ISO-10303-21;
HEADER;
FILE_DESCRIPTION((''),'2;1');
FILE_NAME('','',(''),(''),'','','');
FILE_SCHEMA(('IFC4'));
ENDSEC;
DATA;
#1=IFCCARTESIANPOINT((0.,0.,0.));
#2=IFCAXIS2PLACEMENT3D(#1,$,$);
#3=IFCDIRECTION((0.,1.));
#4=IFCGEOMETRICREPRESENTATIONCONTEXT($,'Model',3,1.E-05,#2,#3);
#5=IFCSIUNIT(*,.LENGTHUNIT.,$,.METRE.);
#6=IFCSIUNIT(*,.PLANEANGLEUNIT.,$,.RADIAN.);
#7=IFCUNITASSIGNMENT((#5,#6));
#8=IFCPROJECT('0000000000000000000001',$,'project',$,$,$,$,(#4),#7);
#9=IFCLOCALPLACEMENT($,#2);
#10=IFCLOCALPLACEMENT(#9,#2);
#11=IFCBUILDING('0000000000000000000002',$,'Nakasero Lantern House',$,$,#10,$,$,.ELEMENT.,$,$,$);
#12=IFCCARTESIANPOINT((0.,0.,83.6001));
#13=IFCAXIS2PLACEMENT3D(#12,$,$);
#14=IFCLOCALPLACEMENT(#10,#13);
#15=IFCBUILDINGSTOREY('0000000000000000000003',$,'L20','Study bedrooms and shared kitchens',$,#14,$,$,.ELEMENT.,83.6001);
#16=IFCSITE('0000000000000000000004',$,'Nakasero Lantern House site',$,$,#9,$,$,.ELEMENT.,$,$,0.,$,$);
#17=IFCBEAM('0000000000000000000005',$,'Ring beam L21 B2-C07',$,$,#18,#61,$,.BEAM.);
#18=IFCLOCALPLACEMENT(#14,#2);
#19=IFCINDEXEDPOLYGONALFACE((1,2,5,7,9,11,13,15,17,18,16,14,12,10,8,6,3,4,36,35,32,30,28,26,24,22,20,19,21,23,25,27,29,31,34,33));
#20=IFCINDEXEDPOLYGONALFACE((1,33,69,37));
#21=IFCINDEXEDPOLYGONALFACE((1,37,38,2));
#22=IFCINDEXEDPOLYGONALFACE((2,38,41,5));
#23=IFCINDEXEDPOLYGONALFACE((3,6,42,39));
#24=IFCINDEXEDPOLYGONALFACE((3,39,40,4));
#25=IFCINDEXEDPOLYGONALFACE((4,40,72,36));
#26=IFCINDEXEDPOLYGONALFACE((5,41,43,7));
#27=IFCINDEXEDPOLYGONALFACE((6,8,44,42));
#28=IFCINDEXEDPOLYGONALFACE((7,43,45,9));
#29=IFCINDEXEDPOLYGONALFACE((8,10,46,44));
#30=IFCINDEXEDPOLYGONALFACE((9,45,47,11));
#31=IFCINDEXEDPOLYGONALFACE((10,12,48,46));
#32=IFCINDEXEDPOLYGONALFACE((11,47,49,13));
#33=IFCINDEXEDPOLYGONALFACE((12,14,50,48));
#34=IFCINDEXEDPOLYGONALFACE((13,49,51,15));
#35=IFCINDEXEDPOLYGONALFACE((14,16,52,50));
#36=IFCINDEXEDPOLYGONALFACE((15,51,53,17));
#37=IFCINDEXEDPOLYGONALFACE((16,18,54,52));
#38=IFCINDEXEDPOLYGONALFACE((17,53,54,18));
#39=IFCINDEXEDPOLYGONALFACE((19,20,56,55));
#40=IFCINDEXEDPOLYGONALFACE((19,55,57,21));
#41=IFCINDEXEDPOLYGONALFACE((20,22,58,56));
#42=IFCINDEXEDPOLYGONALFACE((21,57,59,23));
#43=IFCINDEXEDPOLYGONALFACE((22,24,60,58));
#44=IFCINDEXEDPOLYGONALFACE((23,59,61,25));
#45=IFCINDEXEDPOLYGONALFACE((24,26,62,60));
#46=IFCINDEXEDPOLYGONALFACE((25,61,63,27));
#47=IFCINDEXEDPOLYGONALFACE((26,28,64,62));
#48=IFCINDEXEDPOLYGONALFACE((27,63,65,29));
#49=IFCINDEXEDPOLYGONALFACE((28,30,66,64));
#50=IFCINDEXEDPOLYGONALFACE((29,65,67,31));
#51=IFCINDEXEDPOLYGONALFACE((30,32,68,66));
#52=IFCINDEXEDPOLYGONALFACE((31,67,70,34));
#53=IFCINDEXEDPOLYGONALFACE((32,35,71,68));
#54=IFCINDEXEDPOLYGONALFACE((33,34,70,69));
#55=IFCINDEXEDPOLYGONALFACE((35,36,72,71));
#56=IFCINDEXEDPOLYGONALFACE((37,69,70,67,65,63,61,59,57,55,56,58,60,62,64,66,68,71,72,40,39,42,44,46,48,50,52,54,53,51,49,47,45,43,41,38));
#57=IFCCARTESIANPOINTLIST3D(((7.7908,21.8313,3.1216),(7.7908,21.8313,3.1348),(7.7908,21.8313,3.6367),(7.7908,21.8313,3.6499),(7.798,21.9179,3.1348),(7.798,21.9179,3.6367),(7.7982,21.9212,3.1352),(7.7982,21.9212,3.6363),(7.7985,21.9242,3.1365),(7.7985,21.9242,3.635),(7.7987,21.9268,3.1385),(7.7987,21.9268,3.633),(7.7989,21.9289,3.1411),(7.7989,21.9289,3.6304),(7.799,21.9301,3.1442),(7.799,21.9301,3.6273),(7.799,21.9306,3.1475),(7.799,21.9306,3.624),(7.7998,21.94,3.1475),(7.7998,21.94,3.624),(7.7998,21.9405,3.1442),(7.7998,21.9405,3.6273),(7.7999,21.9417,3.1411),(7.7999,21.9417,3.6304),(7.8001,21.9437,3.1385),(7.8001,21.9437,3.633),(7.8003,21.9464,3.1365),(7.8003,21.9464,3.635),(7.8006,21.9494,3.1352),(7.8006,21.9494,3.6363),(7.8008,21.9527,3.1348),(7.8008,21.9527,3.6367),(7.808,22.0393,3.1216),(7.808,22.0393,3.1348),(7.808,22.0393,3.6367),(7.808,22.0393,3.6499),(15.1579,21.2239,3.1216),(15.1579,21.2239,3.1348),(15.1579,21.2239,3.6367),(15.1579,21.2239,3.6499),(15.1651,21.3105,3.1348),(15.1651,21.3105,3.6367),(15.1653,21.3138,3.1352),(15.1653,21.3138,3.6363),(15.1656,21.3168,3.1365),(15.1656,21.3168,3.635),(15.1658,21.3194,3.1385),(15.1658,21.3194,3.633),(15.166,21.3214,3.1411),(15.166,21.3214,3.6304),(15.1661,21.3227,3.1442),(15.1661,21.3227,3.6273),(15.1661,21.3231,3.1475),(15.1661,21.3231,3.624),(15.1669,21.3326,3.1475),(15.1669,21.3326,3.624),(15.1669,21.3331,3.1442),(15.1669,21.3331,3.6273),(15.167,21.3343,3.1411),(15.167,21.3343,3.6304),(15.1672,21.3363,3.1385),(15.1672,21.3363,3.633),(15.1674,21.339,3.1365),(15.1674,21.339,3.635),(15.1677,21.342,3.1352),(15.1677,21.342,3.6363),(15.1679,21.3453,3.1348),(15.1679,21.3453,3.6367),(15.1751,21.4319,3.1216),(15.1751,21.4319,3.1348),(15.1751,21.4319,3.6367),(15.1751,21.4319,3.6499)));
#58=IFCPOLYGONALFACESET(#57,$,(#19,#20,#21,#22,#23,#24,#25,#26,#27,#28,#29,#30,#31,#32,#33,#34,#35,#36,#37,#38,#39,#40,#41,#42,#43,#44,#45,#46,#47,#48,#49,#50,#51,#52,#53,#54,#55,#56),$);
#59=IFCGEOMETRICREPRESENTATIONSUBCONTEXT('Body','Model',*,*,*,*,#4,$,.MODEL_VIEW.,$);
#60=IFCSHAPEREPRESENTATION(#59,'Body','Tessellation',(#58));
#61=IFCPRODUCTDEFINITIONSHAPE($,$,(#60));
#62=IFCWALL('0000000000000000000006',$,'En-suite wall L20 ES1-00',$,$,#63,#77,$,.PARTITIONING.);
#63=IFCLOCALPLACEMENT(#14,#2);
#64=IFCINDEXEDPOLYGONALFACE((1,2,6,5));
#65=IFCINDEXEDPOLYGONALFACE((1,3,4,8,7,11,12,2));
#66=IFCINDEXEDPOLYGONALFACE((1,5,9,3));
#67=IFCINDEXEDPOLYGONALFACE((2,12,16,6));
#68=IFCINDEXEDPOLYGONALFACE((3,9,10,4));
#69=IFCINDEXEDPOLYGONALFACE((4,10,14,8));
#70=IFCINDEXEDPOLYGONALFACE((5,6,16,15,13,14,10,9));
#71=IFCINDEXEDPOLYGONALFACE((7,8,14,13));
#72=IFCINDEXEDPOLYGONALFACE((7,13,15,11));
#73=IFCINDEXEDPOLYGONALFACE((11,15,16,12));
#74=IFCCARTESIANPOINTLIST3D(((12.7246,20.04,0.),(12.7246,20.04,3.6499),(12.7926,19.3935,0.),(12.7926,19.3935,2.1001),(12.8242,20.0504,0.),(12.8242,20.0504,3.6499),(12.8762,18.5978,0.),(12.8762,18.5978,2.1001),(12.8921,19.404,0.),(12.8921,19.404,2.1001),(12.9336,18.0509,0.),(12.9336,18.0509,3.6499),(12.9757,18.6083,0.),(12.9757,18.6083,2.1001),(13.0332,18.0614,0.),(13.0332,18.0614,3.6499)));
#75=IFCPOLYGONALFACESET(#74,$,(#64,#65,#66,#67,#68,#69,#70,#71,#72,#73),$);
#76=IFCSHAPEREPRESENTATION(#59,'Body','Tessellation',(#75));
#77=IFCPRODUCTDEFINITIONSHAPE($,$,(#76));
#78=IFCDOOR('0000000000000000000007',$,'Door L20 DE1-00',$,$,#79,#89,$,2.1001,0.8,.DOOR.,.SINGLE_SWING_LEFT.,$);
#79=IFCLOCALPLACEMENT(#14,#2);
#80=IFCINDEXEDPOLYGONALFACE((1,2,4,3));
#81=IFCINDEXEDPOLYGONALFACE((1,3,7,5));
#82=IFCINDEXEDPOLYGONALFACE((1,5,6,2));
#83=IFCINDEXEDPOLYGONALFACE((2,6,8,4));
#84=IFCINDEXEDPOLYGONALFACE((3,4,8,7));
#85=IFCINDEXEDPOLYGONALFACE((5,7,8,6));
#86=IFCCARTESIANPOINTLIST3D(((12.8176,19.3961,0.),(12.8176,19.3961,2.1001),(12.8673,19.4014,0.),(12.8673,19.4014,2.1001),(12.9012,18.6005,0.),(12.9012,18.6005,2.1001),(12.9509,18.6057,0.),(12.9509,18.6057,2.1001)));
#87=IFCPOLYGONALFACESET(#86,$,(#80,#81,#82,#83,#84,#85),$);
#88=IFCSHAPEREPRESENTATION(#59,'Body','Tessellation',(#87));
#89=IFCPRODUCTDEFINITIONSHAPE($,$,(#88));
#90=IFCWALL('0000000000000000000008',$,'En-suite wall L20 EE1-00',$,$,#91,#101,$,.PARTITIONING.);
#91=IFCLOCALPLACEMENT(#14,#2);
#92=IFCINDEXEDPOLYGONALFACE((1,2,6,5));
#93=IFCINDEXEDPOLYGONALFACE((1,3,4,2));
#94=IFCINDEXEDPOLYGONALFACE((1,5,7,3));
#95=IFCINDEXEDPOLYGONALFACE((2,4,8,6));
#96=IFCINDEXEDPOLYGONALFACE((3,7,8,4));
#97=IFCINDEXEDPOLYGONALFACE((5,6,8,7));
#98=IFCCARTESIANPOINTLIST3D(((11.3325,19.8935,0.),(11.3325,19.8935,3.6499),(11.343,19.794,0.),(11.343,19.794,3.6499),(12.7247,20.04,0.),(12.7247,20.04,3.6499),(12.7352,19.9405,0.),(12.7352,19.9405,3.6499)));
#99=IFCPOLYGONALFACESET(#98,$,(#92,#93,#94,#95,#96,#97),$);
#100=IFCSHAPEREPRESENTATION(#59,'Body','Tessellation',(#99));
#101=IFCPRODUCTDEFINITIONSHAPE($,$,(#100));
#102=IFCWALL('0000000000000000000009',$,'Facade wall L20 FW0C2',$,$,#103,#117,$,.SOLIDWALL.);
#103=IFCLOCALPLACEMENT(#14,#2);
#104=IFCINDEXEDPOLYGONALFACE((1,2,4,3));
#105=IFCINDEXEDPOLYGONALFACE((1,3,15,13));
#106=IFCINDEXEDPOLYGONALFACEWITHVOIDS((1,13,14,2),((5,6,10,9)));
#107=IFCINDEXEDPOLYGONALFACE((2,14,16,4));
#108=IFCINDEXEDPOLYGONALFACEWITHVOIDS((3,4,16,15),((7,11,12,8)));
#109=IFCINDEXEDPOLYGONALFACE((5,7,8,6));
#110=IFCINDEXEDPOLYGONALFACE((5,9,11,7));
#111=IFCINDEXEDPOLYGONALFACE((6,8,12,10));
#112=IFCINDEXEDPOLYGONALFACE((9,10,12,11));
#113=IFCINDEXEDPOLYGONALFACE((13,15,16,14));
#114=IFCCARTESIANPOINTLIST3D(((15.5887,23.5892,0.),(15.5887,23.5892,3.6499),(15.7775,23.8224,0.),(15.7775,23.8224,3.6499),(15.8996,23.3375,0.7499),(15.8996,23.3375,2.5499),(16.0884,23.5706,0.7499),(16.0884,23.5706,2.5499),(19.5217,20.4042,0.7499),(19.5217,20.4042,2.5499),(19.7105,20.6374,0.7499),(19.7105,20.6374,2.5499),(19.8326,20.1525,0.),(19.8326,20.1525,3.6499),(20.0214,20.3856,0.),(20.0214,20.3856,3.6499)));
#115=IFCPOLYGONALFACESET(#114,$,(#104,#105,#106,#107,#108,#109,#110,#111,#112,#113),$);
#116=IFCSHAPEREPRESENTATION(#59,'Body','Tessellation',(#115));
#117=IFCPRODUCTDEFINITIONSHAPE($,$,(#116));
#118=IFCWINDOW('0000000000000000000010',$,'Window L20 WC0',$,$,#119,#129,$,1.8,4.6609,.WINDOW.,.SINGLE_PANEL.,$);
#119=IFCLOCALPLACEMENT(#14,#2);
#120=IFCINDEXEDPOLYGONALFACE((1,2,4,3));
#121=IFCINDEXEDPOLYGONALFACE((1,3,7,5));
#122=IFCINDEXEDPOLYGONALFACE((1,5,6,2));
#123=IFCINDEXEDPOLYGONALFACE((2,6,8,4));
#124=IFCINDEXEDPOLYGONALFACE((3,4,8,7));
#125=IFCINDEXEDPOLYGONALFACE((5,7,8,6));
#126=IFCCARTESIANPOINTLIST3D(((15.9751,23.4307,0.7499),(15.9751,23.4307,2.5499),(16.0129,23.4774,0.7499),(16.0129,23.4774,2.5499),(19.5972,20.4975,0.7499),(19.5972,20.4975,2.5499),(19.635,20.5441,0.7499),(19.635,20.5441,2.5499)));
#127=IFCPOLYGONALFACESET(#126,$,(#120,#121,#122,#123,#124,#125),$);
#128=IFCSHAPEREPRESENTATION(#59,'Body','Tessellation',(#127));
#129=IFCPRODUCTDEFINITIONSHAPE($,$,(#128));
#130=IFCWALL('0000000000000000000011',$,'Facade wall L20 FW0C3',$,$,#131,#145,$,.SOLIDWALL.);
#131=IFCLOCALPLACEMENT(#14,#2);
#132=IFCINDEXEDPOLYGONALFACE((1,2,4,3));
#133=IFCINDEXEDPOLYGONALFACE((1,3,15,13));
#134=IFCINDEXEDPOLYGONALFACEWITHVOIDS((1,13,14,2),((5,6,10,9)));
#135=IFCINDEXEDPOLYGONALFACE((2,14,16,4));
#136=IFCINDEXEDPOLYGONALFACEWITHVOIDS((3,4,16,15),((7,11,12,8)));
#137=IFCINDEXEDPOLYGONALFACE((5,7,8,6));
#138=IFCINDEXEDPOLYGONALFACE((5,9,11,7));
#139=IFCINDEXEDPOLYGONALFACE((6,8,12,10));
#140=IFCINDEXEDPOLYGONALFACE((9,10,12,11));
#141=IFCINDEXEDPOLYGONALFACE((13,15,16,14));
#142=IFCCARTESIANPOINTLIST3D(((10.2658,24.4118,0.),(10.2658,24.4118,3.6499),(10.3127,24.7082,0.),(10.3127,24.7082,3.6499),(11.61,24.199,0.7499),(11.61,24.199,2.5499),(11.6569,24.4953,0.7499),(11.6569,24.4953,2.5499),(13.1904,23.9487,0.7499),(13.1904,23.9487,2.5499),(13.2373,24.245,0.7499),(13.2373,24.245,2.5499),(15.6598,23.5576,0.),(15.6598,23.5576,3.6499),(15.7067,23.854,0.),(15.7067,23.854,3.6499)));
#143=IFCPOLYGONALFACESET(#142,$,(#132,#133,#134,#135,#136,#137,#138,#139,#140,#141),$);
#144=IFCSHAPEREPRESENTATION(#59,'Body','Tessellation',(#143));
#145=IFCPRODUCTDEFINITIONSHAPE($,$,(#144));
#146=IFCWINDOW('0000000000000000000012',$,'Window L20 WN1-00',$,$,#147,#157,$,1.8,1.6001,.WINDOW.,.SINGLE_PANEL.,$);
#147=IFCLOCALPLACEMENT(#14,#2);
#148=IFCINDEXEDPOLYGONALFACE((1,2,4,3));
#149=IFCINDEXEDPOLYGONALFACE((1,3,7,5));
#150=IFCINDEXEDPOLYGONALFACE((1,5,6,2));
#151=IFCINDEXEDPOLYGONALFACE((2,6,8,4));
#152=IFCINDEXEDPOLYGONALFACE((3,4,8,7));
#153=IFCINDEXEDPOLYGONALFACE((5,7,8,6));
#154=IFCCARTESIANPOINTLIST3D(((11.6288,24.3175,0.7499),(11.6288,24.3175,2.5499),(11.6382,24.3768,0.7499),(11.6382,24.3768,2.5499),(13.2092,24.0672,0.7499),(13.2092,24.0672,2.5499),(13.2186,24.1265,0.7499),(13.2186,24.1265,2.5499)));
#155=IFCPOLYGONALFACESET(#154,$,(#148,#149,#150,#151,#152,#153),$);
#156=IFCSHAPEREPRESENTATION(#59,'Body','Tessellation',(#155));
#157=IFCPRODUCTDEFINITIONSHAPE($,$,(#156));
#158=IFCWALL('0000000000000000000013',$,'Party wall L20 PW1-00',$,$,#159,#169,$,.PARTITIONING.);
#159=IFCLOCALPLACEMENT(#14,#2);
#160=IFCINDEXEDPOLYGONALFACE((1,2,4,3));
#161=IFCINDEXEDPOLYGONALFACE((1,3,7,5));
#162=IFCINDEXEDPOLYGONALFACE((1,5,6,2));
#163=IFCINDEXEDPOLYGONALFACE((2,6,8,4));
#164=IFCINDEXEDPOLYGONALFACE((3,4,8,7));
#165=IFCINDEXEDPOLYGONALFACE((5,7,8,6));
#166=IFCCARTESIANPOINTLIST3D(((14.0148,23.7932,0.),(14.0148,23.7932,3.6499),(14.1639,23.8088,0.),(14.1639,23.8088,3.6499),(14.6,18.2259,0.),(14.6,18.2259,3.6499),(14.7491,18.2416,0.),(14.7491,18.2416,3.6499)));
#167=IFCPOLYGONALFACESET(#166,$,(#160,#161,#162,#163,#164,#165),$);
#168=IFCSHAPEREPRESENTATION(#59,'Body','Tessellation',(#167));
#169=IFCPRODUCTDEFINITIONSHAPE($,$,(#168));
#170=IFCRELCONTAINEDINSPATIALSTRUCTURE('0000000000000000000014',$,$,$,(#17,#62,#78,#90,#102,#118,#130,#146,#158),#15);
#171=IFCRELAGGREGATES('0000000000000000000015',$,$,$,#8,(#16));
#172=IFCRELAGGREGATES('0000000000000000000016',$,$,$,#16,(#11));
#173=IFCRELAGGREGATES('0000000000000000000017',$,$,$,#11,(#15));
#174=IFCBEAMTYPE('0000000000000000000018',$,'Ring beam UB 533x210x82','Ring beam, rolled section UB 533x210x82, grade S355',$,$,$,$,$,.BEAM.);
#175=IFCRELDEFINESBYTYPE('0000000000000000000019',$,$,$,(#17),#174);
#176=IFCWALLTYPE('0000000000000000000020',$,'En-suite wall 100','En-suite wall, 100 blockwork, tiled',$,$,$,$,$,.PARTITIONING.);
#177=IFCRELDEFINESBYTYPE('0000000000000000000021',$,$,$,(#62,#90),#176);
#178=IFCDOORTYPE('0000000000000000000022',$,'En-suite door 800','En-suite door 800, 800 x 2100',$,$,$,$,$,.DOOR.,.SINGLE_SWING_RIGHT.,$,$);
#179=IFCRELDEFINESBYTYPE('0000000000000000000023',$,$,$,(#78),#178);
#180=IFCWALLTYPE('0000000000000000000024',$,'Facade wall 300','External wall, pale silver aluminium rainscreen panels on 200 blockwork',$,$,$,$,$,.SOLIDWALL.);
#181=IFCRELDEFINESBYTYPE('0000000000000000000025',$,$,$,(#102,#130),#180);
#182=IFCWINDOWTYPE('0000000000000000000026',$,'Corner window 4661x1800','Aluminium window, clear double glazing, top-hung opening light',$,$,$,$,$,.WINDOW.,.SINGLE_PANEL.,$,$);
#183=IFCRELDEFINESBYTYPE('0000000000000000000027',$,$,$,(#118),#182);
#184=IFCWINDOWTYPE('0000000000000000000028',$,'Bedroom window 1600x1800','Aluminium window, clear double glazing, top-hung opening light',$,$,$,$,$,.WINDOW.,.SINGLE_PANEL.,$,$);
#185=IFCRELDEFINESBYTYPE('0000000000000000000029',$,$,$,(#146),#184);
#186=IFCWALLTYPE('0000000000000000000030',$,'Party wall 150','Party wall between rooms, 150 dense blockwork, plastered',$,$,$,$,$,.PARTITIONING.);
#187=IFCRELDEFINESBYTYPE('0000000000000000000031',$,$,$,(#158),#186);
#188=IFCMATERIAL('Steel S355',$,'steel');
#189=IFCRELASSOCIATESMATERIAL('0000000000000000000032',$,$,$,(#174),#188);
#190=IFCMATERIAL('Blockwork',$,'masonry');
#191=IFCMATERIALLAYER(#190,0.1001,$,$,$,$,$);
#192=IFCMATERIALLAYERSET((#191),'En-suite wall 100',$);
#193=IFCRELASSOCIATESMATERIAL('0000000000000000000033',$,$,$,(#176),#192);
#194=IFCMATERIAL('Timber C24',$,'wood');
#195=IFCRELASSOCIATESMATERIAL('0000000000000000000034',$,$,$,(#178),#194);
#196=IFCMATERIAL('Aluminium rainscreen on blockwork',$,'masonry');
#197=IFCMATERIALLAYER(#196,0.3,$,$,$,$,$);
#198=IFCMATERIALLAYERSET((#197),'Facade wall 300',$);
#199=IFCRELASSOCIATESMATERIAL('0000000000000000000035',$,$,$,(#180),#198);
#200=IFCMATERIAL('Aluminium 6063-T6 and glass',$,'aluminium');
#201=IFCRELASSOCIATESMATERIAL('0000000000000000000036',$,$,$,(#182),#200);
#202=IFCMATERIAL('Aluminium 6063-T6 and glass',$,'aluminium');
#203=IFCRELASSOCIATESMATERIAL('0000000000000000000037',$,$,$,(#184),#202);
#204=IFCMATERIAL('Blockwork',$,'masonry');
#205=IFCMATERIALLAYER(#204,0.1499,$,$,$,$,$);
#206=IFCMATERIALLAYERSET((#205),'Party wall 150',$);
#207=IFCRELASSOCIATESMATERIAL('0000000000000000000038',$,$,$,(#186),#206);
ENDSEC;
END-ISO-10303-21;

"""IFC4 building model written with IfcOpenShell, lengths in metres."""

from ifc_helpers import new_model, si_unit, direction, frame, frame_2d, origin, origin_2d, place, context, subcontext, project, spatial, rectangle, i_section, extrude, material, layer, layer_set, material_profile, profile_set, type_object, element, fill, save


model = new_model("IFC4")

# Units and contexts
model_context = context("Model", 3, precision=1e-05, world=origin(), true_north=direction((0.0, 1.0)))
body_context = subcontext(model_context, "Body", "Model", "MODEL_VIEW")
ifc_project = project(units=[si_unit("LENGTHUNIT", "METRE"), si_unit("PLANEANGLEUNIT", "RADIAN")], contexts=[model_context])

# Site, building, storey
site_placement = place(None, origin())
site = spatial("IfcSite", under=ifc_project, at=site_placement, Name="Nakasero Lantern House site", CompositionType="ELEMENT", RefElevation=0.0)
building_placement = place(site_placement, origin())
building = spatial("IfcBuilding", under=site, at=building_placement, Name="Nakasero Lantern House", CompositionType="ELEMENT")
storey_placement = place(building_placement, frame((0.0, 0.0, 83.6001)))
storey = spatial("IfcBuildingStorey", under=building, at=storey_placement, Name="L20", Description="Study bedrooms and shared kitchens", CompositionType="ELEMENT", Elevation=83.6001)

# Beam
ifc_material_1 = material(Name="Steel S355", Category="steel")
ifc_material_profile_1 = material_profile(ifc_material_1, i_section(OverallWidth=0.2087, OverallDepth=0.5283, WebThickness=0.0095, FlangeThickness=0.0132, FilletRadius=0.0127, at=origin_2d()), Name="UB 533x210x82")
ifc_profile_set_1 = profile_set([ifc_material_profile_1], Name="Steel S355")
beam_type_1 = type_object("IfcBeamType", Name="Ring beam UB 533x210x82", Description="Ring beam, rolled section UB 533x210x82, grade S355", PredefinedType="BEAM", material=ifc_profile_set_1)
beam_1_placement = place(storey_placement, frame((15.1665, 21.3279, 3.3857), z_axis=(-0.996618, 0.082171, 0.0), x_axis=(-0.082171, -0.996618, 0.0)))
element("IfcBeam", 1, at=beam_1_placement, inside=storey, type_object=beam_type_1, Name="Ring beam L21 B2-C07", PredefinedType="BEAM", context=body_context, shape_type="SweptSolid", body=[
    extrude(i_section(OverallWidth=0.2087, OverallDepth=0.5283, WebThickness=0.0095, FlangeThickness=0.0132, FilletRadius=0.0127, at=origin_2d()), origin(), (0.0, 0.0, 1.0), 7.3921),
])

# Wall, opening, door
ifc_material_2 = material(Name="Blockwork", Category="masonry")
ifc_layer_1 = layer(ifc_material_2, 0.1001)
ifc_layer_set_1 = layer_set([ifc_layer_1], Name="En-suite wall 100")
wall_type_1 = type_object("IfcWallType", Name="En-suite wall 100", Description="En-suite wall, 100 blockwork, tiled", PredefinedType="PARTITIONING", material=ifc_layer_set_1)
wall_1_placement = place(storey_placement, frame((12.9834, 18.0562, 0.0), z_axis=(0.0, 0.0, 1.0), x_axis=(-0.104494, 0.994526, 0.0)))
wall_1 = element("IfcWall", 2, at=wall_1_placement, inside=storey, type_object=wall_type_1, Name="En-suite wall L20 ES1-00", PredefinedType="PARTITIONING", context=body_context, shape_type="SweptSolid", body=[
    extrude(rectangle(XDim=2.0, YDim=0.1001, at=frame_2d((1.0, 0.0))), origin(), (0.0, 0.0, 1.0), 3.6499),
])
opening_1_placement = place(wall_1_placement, frame((0.55, 0.0, 0.0)))
opening_1 = element("IfcOpeningElement", 3, at=opening_1_placement, cuts=wall_1, PredefinedType="OPENING", context=body_context, shape_type="SweptSolid", body=[
    extrude(rectangle(XDim=0.8, YDim=2.1001, at=frame_2d((0.3999, 1.05))), frame((0.0, 0.0701, 0.0), z_axis=(0.0, -1.0, 0.0), x_axis=(1.0, 0.0, 0.0)), (0.0, 0.0, 1.0), 0.1401),
])
ifc_material_3 = material(Name="Timber C24", Category="wood")
door_type_1 = type_object("IfcDoorType", Name="En-suite door 800", Description="En-suite door 800, 800 x 2100", OperationType="SINGLE_SWING_RIGHT", PredefinedType="DOOR", material=ifc_material_3)
door_1_placement = place(opening_1_placement, origin())
door_1 = element("IfcDoor", 4, at=door_1_placement, inside=storey, type_object=door_type_1, Name="Door L20 DE1-00", OperationType="SINGLE_SWING_LEFT", OverallHeight=2.1001, OverallWidth=0.8, PredefinedType="DOOR", context=body_context, shape_type="SweptSolid", body=[
    extrude(rectangle(XDim=0.8, YDim=2.1001, at=frame_2d((0.3999, 1.05))), frame((0.0, 0.0249, 0.0), z_axis=(0.0, -1.0, 0.0), x_axis=(1.0, 0.0, 0.0)), (0.0, 0.0, 1.0), 0.05),
])
fill(opening_1, door_1)

# Wall
wall_2_placement = place(storey_placement, frame((12.73, 19.9902, 0.0), z_axis=(0.0, 0.0, 1.0), x_axis=(-0.994511, -0.10463, 0.0)))
element("IfcWall", 5, at=wall_2_placement, inside=storey, type_object=wall_type_1, Name="En-suite wall L20 EE1-00", PredefinedType="PARTITIONING", context=body_context, shape_type="SweptSolid", body=[
    extrude(rectangle(XDim=1.3999, YDim=0.1001, at=frame_2d((0.7, 0.0))), origin(), (0.0, 0.0, 1.0), 3.6499),
])

# Walls, openings, windows
ifc_material_4 = material(Name="Aluminium rainscreen on blockwork", Category="masonry")
ifc_layer_2 = layer(ifc_material_4, 0.3)
ifc_layer_set_2 = layer_set([ifc_layer_2], Name="Facade wall 300")
wall_type_2 = type_object("IfcWallType", Name="Facade wall 300", Description="External wall, pale silver aluminium rainscreen panels on 200 blockwork", PredefinedType="SOLIDWALL", material=ifc_layer_set_2)
wall_3_placement = place(storey_placement, frame((19.927, 20.269, 0.0), z_axis=(0.0, 0.0, 1.0), x_axis=(-0.777135, 0.629335, 0.0)))
wall_3 = element("IfcWall", 6, at=wall_3_placement, inside=storey, type_object=wall_type_2, Name="Facade wall L20 FW0C2", PredefinedType="SOLIDWALL", context=body_context, shape_type="SweptSolid", body=[
    extrude(rectangle(XDim=5.4609, YDim=0.3, at=frame_2d((2.7305, 0.0))), origin(), (0.0, 0.0, 1.0), 3.6499),
])
opening_2_placement = place(wall_3_placement, frame((0.3999, 0.0, 0.75)))
opening_2 = element("IfcOpeningElement", 7, at=opening_2_placement, cuts=wall_3, PredefinedType="OPENING", context=body_context, shape_type="SweptSolid", body=[
    extrude(rectangle(XDim=4.6609, YDim=1.8, at=frame_2d((2.3306, 0.8999))), frame((0.0, 0.1699, 0.0), z_axis=(0.0, -1.0, 0.0), x_axis=(1.0, 0.0, 0.0)), (0.0, 0.0, 1.0), 0.3401),
])
ifc_material_5 = material(Name="Aluminium 6063-T6 and glass", Category="aluminium")
window_type_1 = type_object("IfcWindowType", Name="Corner window 4661x1800", Description="Aluminium window, clear double glazing, top-hung opening light", PartitioningType="SINGLE_PANEL", PredefinedType="WINDOW", material=ifc_material_5)
window_1_placement = place(opening_2_placement, origin())
window_1 = element("IfcWindow", 8, at=window_1_placement, inside=storey, type_object=window_type_1, Name="Window L20 WC0", OverallHeight=1.8, OverallWidth=4.6609, PartitioningType="SINGLE_PANEL", PredefinedType="WINDOW", context=body_context, shape_type="SweptSolid", body=[
    extrude(rectangle(XDim=4.6609, YDim=1.8, at=frame_2d((2.3306, 0.8999))), frame((0.0, 0.03, 0.0), z_axis=(0.0, -1.0, 0.0), x_axis=(1.0, 0.0, 0.0)), (0.0, 0.0, 1.0), 0.0601),
])
fill(opening_2, window_1)
wall_4_placement = place(storey_placement, frame((15.6831, 23.7058, 0.0), z_axis=(0.0, 0.0, 1.0), x_axis=(-0.987691, 0.156419, 0.0)))
wall_4 = element("IfcWall", 9, at=wall_4_placement, inside=storey, type_object=wall_type_2, Name="Facade wall L20 FW0C3", PredefinedType="SOLIDWALL", context=body_context, shape_type="SweptSolid", body=[
    extrude(rectangle(XDim=5.4612, YDim=0.3, at=frame_2d((2.7305, 0.0))), origin(), (0.0, 0.0, 1.0), 3.6499),
])
opening_3_placement = place(wall_4_placement, frame((2.5, 0.0, 0.75)))
opening_3 = element("IfcOpeningElement", 10, at=opening_3_placement, cuts=wall_4, PredefinedType="OPENING", context=body_context, shape_type="SweptSolid", body=[
    extrude(rectangle(XDim=1.6001, YDim=1.8, at=frame_2d((0.8, 0.8999))), frame((0.0, 0.1699, 0.0), z_axis=(0.0, -1.0, 0.0), x_axis=(1.0, 0.0, 0.0)), (0.0, 0.0, 1.0), 0.3401),
])
ifc_material_6 = material(Name="Aluminium 6063-T6 and glass", Category="aluminium")
window_type_2 = type_object("IfcWindowType", Name="Bedroom window 1600x1800", Description="Aluminium window, clear double glazing, top-hung opening light", PartitioningType="SINGLE_PANEL", PredefinedType="WINDOW", material=ifc_material_6)
window_2_placement = place(opening_3_placement, origin())
window_2 = element("IfcWindow", 11, at=window_2_placement, inside=storey, type_object=window_type_2, Name="Window L20 WN1-00", OverallHeight=1.8, OverallWidth=1.6001, PartitioningType="SINGLE_PANEL", PredefinedType="WINDOW", context=body_context, shape_type="SweptSolid", body=[
    extrude(rectangle(XDim=1.6001, YDim=1.8, at=frame_2d((0.8, 0.8999))), frame((0.0, 0.03, 0.0), z_axis=(0.0, -1.0, 0.0), x_axis=(1.0, 0.0, 0.0)), (0.0, 0.0, 1.0), 0.0601),
])
fill(opening_3, window_2)

# Wall
ifc_material_7 = material(Name="Blockwork", Category="masonry")
ifc_layer_3 = layer(ifc_material_7, 0.1499)
ifc_layer_set_3 = layer_set([ifc_layer_3], Name="Party wall 150")
wall_type_3 = type_object("IfcWallType", Name="Party wall 150", Description="Party wall between rooms, 150 dense blockwork, plastered", PredefinedType="PARTITIONING", material=ifc_layer_set_3)
wall_5_placement = place(storey_placement, frame((14.6746, 18.2339, 0.0), z_axis=(0.0, 0.0, 1.0), x_axis=(-0.104542, 0.99452, 0.0)))
element("IfcWall", 12, at=wall_5_placement, inside=storey, type_object=wall_type_3, Name="Party wall L20 PW1-00", PredefinedType="PARTITIONING", context=body_context, shape_type="SweptSolid", body=[
    extrude(rectangle(XDim=5.5979, YDim=0.1499, at=frame_2d((2.7988, 0.0))), origin(), (0.0, 0.0, 1.0), 3.6499),
])

save(model, "model.ifc")
